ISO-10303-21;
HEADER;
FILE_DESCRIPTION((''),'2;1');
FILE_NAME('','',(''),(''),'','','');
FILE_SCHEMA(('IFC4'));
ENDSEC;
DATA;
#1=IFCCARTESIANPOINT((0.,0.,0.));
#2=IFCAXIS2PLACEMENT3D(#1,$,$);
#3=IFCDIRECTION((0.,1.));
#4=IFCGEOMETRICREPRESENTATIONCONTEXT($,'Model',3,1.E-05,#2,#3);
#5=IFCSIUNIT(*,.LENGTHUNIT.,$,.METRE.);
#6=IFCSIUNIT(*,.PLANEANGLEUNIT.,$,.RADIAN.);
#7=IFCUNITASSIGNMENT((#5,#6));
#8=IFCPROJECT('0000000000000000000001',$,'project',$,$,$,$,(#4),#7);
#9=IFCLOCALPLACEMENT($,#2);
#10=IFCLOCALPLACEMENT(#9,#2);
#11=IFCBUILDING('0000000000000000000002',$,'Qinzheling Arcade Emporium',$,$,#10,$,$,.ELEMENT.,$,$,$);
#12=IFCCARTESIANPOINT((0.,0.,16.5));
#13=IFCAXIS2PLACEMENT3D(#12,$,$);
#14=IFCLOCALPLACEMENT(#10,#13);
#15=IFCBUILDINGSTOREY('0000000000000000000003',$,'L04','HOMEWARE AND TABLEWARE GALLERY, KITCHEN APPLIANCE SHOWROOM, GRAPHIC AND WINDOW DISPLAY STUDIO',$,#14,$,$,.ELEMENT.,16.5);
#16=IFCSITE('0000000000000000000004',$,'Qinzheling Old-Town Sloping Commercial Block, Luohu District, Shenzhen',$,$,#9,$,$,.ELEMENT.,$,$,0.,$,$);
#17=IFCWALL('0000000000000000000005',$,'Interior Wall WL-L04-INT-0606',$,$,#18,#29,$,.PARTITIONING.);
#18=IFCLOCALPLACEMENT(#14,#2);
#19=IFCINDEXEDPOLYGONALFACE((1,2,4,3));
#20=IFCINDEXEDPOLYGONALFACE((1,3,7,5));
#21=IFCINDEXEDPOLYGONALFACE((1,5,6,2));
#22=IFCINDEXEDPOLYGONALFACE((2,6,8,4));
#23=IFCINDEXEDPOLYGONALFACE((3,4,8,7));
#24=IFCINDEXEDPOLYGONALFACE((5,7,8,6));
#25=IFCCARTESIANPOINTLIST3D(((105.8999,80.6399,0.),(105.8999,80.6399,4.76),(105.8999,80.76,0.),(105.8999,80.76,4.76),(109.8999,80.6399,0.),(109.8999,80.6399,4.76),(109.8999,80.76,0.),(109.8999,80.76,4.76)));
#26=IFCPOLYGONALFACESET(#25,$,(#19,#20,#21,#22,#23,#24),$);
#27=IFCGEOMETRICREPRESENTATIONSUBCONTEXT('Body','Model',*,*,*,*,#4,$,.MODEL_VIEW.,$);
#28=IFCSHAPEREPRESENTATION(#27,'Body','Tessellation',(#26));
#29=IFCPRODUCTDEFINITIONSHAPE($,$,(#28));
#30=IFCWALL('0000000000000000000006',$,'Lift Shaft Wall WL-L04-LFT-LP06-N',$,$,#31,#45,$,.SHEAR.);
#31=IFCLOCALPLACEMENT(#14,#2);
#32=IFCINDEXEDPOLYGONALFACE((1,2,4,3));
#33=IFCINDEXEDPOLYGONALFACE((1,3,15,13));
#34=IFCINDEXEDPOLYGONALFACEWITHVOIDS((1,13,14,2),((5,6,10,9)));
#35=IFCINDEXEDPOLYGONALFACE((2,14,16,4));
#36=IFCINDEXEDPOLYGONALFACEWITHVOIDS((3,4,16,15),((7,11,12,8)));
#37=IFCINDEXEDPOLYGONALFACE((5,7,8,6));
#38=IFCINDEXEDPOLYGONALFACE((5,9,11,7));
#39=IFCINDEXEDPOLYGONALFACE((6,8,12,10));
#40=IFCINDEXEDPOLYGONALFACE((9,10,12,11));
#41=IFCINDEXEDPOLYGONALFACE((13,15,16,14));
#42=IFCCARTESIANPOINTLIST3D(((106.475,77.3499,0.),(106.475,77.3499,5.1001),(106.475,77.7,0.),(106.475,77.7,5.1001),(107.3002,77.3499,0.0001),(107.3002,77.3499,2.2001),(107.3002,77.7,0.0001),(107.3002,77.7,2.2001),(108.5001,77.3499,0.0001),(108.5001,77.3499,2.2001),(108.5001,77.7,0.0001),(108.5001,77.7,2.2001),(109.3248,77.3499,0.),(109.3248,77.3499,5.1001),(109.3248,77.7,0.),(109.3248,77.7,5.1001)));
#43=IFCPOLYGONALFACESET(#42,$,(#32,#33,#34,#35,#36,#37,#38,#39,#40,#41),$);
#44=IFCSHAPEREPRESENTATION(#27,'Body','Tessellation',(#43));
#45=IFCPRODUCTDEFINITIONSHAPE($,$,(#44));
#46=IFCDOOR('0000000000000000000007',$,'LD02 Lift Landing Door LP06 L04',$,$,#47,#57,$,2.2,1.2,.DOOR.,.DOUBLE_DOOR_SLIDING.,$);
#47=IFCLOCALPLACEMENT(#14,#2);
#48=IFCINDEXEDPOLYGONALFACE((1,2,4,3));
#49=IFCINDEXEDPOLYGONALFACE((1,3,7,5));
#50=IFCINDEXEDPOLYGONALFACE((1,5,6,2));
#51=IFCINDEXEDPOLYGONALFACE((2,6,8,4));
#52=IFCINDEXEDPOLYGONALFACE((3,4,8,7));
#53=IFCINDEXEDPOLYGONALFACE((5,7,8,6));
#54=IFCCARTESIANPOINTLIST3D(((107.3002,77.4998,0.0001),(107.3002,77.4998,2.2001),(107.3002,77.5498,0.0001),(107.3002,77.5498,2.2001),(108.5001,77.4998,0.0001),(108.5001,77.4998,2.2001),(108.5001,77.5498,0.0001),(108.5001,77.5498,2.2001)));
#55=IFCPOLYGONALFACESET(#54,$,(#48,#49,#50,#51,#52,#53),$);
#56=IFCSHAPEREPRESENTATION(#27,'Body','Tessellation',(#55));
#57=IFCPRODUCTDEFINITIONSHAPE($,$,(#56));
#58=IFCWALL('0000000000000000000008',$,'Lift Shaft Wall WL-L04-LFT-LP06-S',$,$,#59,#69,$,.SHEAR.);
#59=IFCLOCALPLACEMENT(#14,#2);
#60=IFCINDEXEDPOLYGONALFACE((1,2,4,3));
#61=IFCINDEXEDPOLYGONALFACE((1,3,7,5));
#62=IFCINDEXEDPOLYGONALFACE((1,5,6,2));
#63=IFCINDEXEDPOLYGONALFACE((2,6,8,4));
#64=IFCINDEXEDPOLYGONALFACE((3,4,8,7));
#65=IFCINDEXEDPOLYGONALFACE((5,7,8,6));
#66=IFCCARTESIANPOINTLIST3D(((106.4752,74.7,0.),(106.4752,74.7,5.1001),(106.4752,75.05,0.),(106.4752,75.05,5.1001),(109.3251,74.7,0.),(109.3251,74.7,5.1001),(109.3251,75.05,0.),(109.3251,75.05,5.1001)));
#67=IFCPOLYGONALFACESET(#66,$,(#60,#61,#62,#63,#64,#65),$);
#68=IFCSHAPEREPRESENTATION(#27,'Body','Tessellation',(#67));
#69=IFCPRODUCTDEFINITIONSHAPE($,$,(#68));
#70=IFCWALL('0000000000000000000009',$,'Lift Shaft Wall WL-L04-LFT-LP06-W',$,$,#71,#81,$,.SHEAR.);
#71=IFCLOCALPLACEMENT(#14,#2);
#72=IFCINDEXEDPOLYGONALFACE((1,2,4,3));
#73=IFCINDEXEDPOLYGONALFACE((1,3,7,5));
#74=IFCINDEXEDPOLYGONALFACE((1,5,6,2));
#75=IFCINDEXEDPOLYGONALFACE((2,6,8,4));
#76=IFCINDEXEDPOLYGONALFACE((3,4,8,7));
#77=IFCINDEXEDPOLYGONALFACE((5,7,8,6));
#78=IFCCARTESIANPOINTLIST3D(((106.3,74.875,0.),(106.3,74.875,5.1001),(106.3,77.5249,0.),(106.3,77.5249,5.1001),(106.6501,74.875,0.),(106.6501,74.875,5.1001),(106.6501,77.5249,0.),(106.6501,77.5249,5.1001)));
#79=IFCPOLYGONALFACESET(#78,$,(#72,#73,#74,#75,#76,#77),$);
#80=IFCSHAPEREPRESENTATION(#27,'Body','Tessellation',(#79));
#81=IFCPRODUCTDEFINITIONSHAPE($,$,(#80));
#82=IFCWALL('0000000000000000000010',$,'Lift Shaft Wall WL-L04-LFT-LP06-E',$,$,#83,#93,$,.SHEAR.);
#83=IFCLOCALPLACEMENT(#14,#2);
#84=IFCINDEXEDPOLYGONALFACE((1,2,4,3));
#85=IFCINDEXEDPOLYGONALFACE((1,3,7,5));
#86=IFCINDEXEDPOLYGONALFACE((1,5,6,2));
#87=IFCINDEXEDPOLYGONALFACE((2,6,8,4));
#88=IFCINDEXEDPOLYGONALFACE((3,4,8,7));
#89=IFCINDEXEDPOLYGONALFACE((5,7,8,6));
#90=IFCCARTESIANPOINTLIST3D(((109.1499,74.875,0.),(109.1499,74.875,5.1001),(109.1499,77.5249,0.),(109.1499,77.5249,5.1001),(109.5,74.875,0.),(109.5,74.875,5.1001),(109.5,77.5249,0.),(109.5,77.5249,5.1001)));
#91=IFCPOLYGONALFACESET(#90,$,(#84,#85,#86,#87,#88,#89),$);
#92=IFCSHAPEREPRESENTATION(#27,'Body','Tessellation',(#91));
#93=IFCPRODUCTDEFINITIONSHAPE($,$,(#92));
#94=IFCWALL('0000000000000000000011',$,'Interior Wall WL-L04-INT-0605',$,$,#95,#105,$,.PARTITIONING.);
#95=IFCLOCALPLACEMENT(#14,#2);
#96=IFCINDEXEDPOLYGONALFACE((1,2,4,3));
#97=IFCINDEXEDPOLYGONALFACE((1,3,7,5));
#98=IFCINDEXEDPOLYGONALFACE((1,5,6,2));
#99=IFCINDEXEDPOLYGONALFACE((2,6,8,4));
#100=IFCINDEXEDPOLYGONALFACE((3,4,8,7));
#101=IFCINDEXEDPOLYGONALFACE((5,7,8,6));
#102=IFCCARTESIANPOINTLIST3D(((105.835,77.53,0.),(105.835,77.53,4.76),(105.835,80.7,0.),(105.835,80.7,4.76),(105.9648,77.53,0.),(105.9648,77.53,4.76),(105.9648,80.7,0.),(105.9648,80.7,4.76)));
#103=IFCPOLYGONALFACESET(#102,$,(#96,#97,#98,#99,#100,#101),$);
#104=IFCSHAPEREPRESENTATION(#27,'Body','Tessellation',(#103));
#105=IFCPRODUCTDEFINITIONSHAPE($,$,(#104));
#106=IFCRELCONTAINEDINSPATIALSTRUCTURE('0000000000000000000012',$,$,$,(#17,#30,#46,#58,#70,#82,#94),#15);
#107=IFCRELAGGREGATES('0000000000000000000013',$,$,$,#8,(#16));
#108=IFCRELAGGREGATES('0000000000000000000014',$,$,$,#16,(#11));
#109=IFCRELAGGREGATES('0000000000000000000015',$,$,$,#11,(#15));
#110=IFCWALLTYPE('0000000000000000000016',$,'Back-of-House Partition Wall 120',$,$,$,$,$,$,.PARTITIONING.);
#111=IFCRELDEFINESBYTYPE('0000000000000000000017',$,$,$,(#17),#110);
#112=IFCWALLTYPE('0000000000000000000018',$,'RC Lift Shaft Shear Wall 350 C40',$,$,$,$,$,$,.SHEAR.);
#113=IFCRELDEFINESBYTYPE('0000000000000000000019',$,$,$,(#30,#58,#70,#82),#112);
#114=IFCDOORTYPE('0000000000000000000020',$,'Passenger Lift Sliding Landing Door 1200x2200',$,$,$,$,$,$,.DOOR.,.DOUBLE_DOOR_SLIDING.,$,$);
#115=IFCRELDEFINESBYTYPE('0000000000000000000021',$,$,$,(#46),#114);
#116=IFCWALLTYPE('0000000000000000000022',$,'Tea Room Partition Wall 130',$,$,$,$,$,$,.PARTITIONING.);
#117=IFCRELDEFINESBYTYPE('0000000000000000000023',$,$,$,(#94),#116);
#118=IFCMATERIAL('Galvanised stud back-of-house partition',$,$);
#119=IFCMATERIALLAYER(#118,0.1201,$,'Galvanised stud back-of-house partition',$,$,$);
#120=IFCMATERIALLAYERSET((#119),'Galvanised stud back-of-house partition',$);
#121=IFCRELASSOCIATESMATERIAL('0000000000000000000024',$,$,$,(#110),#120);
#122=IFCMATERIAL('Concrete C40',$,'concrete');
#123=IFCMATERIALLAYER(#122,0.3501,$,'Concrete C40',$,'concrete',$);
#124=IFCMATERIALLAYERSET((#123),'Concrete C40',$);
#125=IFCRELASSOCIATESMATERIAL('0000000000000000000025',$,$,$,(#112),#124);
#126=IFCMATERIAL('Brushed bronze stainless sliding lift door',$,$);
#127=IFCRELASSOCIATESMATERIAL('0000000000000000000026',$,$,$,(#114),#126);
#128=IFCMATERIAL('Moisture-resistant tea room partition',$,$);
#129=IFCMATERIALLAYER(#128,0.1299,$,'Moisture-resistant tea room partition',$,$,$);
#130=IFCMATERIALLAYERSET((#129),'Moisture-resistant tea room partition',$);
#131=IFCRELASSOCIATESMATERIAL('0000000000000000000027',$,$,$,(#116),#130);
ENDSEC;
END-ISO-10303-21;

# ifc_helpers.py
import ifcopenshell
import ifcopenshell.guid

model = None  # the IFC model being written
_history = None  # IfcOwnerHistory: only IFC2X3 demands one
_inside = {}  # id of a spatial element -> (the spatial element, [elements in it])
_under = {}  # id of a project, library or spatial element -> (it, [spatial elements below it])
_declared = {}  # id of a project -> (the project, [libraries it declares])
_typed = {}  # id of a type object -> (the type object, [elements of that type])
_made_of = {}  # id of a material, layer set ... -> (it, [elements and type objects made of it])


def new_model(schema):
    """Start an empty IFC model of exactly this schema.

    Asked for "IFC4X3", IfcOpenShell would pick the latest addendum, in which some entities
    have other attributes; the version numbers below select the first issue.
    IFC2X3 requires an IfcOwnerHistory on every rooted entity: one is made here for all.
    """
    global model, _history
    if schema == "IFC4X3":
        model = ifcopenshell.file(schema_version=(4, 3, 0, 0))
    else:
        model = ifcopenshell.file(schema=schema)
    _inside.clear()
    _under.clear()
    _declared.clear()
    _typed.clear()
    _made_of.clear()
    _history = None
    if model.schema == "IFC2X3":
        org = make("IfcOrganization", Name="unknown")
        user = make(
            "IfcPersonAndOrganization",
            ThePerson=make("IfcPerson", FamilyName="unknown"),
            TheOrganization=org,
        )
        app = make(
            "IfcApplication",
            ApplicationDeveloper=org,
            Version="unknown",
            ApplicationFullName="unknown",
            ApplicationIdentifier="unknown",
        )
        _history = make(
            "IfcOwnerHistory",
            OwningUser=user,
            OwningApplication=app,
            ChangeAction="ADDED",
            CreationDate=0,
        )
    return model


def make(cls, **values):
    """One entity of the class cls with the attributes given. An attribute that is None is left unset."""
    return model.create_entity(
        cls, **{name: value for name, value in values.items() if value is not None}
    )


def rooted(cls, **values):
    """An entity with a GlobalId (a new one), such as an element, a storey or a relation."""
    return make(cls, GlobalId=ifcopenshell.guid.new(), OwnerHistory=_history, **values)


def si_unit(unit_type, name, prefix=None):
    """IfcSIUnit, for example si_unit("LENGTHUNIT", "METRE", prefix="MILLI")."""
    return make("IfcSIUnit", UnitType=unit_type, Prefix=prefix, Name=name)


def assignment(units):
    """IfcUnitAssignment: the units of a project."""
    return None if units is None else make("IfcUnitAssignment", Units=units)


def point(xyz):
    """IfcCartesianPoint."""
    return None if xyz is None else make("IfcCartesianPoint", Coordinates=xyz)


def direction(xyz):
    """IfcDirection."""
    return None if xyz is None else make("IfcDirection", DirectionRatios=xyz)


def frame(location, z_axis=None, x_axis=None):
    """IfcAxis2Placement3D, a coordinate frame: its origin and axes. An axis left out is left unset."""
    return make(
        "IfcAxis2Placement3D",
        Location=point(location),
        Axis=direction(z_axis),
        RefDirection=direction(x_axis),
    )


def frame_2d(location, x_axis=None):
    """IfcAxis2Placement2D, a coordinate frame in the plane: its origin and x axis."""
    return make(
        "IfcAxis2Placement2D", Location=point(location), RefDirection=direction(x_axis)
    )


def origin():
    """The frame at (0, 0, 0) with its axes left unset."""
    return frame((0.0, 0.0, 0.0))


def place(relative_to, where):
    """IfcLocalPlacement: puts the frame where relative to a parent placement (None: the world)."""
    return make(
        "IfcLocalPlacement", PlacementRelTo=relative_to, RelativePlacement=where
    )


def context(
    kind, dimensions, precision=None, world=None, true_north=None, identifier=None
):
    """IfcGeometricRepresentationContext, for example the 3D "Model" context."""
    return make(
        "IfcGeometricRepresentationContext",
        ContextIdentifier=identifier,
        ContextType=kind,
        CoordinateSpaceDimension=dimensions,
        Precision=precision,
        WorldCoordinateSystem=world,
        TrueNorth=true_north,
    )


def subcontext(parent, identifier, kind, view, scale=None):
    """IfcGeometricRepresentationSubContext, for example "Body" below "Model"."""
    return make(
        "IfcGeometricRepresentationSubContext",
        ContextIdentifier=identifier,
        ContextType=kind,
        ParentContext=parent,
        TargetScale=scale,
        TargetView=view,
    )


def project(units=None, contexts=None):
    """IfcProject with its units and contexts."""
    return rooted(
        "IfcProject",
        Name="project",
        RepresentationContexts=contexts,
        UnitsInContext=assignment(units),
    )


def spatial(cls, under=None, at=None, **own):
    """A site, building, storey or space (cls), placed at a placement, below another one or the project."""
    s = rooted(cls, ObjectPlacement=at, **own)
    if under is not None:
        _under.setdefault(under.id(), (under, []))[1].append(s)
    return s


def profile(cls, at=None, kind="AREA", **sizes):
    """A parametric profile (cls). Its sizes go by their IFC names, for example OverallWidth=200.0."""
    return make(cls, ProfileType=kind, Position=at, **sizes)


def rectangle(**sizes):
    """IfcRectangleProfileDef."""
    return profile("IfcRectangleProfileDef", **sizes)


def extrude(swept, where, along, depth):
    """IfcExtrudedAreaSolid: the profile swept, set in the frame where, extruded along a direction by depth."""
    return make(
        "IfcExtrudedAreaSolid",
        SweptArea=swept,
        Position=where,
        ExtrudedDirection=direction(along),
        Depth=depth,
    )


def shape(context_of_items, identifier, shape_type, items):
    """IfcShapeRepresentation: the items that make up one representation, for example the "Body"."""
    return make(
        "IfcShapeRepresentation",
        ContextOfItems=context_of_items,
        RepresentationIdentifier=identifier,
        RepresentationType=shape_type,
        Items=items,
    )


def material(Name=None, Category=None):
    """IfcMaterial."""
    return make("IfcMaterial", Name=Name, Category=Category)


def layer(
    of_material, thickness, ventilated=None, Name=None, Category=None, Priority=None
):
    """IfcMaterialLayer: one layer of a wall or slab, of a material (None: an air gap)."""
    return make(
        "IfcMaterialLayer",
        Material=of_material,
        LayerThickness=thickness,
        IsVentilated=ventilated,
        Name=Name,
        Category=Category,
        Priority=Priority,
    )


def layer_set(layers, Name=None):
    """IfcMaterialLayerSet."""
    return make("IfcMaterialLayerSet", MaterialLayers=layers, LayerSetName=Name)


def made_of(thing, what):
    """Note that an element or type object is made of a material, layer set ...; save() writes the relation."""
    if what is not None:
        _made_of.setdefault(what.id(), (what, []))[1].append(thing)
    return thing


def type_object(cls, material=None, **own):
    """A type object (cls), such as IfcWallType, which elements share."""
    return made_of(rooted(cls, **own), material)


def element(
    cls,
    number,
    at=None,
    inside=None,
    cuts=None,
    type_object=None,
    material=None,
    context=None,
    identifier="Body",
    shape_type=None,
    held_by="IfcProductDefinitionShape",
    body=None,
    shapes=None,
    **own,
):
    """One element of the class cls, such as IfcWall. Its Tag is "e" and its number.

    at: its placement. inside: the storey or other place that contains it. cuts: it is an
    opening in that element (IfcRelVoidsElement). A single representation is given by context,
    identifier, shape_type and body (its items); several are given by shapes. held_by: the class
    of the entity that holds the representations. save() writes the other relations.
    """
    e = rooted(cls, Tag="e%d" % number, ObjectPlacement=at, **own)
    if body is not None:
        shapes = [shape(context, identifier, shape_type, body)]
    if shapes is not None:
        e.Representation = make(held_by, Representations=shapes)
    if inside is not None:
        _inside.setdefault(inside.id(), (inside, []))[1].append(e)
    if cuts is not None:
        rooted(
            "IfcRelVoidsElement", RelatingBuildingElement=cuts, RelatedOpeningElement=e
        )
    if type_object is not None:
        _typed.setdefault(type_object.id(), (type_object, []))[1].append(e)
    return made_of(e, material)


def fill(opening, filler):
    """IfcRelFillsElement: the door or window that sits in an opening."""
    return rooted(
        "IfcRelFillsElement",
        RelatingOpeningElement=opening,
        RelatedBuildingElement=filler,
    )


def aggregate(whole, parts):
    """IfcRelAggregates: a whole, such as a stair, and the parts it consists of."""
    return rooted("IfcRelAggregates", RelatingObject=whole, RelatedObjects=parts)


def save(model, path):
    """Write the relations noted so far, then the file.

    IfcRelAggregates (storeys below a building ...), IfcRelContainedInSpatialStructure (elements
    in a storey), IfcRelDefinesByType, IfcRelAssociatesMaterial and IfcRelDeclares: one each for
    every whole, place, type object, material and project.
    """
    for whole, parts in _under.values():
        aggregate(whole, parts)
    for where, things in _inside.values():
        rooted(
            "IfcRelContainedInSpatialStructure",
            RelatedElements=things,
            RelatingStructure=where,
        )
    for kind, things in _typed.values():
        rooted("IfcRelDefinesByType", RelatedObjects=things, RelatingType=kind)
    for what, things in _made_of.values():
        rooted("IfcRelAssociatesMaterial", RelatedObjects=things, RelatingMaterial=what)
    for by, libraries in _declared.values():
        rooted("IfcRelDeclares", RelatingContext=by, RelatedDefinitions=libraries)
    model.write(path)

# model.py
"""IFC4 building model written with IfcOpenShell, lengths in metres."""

from ifc_helpers import new_model, si_unit, direction, frame, frame_2d, origin, place, context, subcontext, project, spatial, rectangle, extrude, material, layer, layer_set, type_object, element, fill, save


model = new_model("IFC4")

# Units and contexts
model_context = context("Model", 3, precision=1e-05, world=origin(), true_north=direction((0.0, 1.0)))
body_context = subcontext(model_context, "Body", "Model", "MODEL_VIEW")
ifc_project = project(units=[si_unit("LENGTHUNIT", "METRE"), si_unit("PLANEANGLEUNIT", "RADIAN")], contexts=[model_context])

# Site, building, storey
site_placement = place(None, origin())
site = spatial("IfcSite", under=ifc_project, at=site_placement, Name="Qinzheling Old-Town Sloping Commercial Block, Luohu District, Shenzhen", CompositionType="ELEMENT", RefElevation=0.0)
building_placement = place(site_placement, origin())
building = spatial("IfcBuilding", under=site, at=building_placement, Name="Qinzheling Arcade Emporium", CompositionType="ELEMENT")
storey_placement = place(building_placement, frame((0.0, 0.0, 16.5)))
storey = spatial("IfcBuildingStorey", under=building, at=storey_placement, Name="L04", Description="HOMEWARE AND TABLEWARE GALLERY, KITCHEN APPLIANCE SHOWROOM, GRAPHIC AND WINDOW DISPLAY STUDIO", CompositionType="ELEMENT", Elevation=16.5)

# Wall
ifc_material_1 = material(Name="Galvanised stud back-of-house partition")
ifc_layer_1 = layer(ifc_material_1, 0.1201, Name="Galvanised stud back-of-house partition")
ifc_layer_set_1 = layer_set([ifc_layer_1], Name="Galvanised stud back-of-house partition")
wall_type_1 = type_object("IfcWallType", Name="Back-of-House Partition Wall 120", PredefinedType="PARTITIONING", material=ifc_layer_set_1)
wall_1_placement = place(storey_placement, frame((105.8999, 80.7, 0.0), z_axis=(0.0, 0.0, 1.0), x_axis=(1.0, 0.0, 0.0)))
element("IfcWall", 1, at=wall_1_placement, inside=storey, type_object=wall_type_1, Name="Interior Wall WL-L04-INT-0606", PredefinedType="PARTITIONING", context=body_context, shape_type="SweptSolid", body=[
    extrude(rectangle(XDim=4.0, YDim=0.1201, at=frame_2d((2.0, 0.0))), origin(), (0.0, 0.0, 1.0), 4.76),
])

# Wall, opening, door
ifc_material_2 = material(Name="Concrete C40", Category="concrete")
ifc_layer_2 = layer(ifc_material_2, 0.3501, Name="Concrete C40", Category="concrete")
ifc_layer_set_2 = layer_set([ifc_layer_2], Name="Concrete C40")
wall_type_2 = type_object("IfcWallType", Name="RC Lift Shaft Shear Wall 350 C40", PredefinedType="SHEAR", material=ifc_layer_set_2)
wall_2_placement = place(storey_placement, frame((106.4751, 77.5249, 0.0), z_axis=(0.0, 0.0, 1.0), x_axis=(1.0, 0.0, 0.0)))
wall_2 = element("IfcWall", 2, at=wall_2_placement, inside=storey, type_object=wall_type_2, Name="Lift Shaft Wall WL-L04-LFT-LP06-N", PredefinedType="SHEAR", context=body_context, shape_type="SweptSolid", body=[
    extrude(rectangle(XDim=2.8499, YDim=0.3501, at=frame_2d((1.4248, 0.0))), origin(), (0.0, 0.0, 1.0), 5.1001),
])
opening_placement = place(wall_2_placement, frame((0.825, 0.0, 0.0)))
opening = element("IfcOpeningElement", 3, at=opening_placement, cuts=wall_2, PredefinedType="OPENING", context=body_context, shape_type="SweptSolid", body=[
    extrude(rectangle(XDim=1.2, YDim=2.2, at=frame_2d((0.6001, 1.1001))), frame((0.0, 0.1851, 0.0), z_axis=(0.0, -1.0, 0.0), x_axis=(1.0, 0.0, 0.0)), (0.0, 0.0, 1.0), 0.3701),
])
ifc_material_3 = material(Name="Brushed bronze stainless sliding lift door")
door_type = type_object("IfcDoorType", Name="Passenger Lift Sliding Landing Door 1200x2200", OperationType="DOUBLE_DOOR_SLIDING", PredefinedType="DOOR", material=ifc_material_3)
door_placement = place(opening_placement, origin())
door = element("IfcDoor", 4, at=door_placement, inside=storey, type_object=door_type, Name="LD02 Lift Landing Door LP06 L04", OperationType="DOUBLE_DOOR_SLIDING", OverallHeight=2.2, OverallWidth=1.2, PredefinedType="DOOR", context=body_context, shape_type="SweptSolid", body=[
    extrude(rectangle(XDim=1.2, YDim=2.2, at=frame_2d((0.6001, 1.1001))), frame((0.0, 0.0249, 0.0), z_axis=(0.0, -1.0, 0.0), x_axis=(1.0, 0.0, 0.0)), (0.0, 0.0, 1.0), 0.05),
])
fill(opening, door)

# Walls
wall_3_placement = place(storey_placement, frame((109.325, 74.875, 0.0), z_axis=(0.0, 0.0, 1.0), x_axis=(-1.0, 0.0, 0.0)))
element("IfcWall", 5, at=wall_3_placement, inside=storey, type_object=wall_type_2, Name="Lift Shaft Wall WL-L04-LFT-LP06-S", PredefinedType="SHEAR", context=body_context, shape_type="SweptSolid", body=[
    extrude(rectangle(XDim=2.8499, YDim=0.3501, at=frame_2d((1.4248, 0.0))), origin(), (0.0, 0.0, 1.0), 5.1001),
])
for number, where, z_axis, x_axis, name in (
    (6, (106.4751, 74.875, 0.0), (0.0, 0.0, 1.0), (0.0, 1.0, 0.0), "Lift Shaft Wall WL-L04-LFT-LP06-W"),
    (7, (109.325, 77.5249, 0.0), (0.0, 0.0, 1.0), (0.0, -1.0, 0.0), "Lift Shaft Wall WL-L04-LFT-LP06-E"),
):
    element("IfcWall", number, at=place(storey_placement, frame(where, z_axis=z_axis, x_axis=x_axis)), inside=storey, type_object=wall_type_2, Name=name, PredefinedType="SHEAR", context=body_context, shape_type="SweptSolid", body=[
        extrude(rectangle(XDim=2.6499, YDim=0.3501, at=frame_2d((1.325, 0.0))), origin(), (0.0, 0.0, 1.0), 5.1001),
    ])
ifc_material_4 = material(Name="Moisture-resistant tea room partition")
ifc_layer_3 = layer(ifc_material_4, 0.1299, Name="Moisture-resistant tea room partition")
ifc_layer_set_3 = layer_set([ifc_layer_3], Name="Moisture-resistant tea room partition")
wall_type_3 = type_object("IfcWallType", Name="Tea Room Partition Wall 130", PredefinedType="PARTITIONING", material=ifc_layer_set_3)
wall_4_placement = place(storey_placement, frame((105.8999, 77.53, 0.0), z_axis=(0.0, 0.0, 1.0), x_axis=(0.0, 1.0, 0.0)))
element("IfcWall", 8, at=wall_4_placement, inside=storey, type_object=wall_type_3, Name="Interior Wall WL-L04-INT-0605", PredefinedType="PARTITIONING", context=body_context, shape_type="SweptSolid", body=[
    extrude(rectangle(XDim=3.1699, YDim=0.1299, at=frame_2d((1.585, 0.0))), origin(), (0.0, 0.0, 1.0), 4.76),
])

save(model, "model.ifc")
